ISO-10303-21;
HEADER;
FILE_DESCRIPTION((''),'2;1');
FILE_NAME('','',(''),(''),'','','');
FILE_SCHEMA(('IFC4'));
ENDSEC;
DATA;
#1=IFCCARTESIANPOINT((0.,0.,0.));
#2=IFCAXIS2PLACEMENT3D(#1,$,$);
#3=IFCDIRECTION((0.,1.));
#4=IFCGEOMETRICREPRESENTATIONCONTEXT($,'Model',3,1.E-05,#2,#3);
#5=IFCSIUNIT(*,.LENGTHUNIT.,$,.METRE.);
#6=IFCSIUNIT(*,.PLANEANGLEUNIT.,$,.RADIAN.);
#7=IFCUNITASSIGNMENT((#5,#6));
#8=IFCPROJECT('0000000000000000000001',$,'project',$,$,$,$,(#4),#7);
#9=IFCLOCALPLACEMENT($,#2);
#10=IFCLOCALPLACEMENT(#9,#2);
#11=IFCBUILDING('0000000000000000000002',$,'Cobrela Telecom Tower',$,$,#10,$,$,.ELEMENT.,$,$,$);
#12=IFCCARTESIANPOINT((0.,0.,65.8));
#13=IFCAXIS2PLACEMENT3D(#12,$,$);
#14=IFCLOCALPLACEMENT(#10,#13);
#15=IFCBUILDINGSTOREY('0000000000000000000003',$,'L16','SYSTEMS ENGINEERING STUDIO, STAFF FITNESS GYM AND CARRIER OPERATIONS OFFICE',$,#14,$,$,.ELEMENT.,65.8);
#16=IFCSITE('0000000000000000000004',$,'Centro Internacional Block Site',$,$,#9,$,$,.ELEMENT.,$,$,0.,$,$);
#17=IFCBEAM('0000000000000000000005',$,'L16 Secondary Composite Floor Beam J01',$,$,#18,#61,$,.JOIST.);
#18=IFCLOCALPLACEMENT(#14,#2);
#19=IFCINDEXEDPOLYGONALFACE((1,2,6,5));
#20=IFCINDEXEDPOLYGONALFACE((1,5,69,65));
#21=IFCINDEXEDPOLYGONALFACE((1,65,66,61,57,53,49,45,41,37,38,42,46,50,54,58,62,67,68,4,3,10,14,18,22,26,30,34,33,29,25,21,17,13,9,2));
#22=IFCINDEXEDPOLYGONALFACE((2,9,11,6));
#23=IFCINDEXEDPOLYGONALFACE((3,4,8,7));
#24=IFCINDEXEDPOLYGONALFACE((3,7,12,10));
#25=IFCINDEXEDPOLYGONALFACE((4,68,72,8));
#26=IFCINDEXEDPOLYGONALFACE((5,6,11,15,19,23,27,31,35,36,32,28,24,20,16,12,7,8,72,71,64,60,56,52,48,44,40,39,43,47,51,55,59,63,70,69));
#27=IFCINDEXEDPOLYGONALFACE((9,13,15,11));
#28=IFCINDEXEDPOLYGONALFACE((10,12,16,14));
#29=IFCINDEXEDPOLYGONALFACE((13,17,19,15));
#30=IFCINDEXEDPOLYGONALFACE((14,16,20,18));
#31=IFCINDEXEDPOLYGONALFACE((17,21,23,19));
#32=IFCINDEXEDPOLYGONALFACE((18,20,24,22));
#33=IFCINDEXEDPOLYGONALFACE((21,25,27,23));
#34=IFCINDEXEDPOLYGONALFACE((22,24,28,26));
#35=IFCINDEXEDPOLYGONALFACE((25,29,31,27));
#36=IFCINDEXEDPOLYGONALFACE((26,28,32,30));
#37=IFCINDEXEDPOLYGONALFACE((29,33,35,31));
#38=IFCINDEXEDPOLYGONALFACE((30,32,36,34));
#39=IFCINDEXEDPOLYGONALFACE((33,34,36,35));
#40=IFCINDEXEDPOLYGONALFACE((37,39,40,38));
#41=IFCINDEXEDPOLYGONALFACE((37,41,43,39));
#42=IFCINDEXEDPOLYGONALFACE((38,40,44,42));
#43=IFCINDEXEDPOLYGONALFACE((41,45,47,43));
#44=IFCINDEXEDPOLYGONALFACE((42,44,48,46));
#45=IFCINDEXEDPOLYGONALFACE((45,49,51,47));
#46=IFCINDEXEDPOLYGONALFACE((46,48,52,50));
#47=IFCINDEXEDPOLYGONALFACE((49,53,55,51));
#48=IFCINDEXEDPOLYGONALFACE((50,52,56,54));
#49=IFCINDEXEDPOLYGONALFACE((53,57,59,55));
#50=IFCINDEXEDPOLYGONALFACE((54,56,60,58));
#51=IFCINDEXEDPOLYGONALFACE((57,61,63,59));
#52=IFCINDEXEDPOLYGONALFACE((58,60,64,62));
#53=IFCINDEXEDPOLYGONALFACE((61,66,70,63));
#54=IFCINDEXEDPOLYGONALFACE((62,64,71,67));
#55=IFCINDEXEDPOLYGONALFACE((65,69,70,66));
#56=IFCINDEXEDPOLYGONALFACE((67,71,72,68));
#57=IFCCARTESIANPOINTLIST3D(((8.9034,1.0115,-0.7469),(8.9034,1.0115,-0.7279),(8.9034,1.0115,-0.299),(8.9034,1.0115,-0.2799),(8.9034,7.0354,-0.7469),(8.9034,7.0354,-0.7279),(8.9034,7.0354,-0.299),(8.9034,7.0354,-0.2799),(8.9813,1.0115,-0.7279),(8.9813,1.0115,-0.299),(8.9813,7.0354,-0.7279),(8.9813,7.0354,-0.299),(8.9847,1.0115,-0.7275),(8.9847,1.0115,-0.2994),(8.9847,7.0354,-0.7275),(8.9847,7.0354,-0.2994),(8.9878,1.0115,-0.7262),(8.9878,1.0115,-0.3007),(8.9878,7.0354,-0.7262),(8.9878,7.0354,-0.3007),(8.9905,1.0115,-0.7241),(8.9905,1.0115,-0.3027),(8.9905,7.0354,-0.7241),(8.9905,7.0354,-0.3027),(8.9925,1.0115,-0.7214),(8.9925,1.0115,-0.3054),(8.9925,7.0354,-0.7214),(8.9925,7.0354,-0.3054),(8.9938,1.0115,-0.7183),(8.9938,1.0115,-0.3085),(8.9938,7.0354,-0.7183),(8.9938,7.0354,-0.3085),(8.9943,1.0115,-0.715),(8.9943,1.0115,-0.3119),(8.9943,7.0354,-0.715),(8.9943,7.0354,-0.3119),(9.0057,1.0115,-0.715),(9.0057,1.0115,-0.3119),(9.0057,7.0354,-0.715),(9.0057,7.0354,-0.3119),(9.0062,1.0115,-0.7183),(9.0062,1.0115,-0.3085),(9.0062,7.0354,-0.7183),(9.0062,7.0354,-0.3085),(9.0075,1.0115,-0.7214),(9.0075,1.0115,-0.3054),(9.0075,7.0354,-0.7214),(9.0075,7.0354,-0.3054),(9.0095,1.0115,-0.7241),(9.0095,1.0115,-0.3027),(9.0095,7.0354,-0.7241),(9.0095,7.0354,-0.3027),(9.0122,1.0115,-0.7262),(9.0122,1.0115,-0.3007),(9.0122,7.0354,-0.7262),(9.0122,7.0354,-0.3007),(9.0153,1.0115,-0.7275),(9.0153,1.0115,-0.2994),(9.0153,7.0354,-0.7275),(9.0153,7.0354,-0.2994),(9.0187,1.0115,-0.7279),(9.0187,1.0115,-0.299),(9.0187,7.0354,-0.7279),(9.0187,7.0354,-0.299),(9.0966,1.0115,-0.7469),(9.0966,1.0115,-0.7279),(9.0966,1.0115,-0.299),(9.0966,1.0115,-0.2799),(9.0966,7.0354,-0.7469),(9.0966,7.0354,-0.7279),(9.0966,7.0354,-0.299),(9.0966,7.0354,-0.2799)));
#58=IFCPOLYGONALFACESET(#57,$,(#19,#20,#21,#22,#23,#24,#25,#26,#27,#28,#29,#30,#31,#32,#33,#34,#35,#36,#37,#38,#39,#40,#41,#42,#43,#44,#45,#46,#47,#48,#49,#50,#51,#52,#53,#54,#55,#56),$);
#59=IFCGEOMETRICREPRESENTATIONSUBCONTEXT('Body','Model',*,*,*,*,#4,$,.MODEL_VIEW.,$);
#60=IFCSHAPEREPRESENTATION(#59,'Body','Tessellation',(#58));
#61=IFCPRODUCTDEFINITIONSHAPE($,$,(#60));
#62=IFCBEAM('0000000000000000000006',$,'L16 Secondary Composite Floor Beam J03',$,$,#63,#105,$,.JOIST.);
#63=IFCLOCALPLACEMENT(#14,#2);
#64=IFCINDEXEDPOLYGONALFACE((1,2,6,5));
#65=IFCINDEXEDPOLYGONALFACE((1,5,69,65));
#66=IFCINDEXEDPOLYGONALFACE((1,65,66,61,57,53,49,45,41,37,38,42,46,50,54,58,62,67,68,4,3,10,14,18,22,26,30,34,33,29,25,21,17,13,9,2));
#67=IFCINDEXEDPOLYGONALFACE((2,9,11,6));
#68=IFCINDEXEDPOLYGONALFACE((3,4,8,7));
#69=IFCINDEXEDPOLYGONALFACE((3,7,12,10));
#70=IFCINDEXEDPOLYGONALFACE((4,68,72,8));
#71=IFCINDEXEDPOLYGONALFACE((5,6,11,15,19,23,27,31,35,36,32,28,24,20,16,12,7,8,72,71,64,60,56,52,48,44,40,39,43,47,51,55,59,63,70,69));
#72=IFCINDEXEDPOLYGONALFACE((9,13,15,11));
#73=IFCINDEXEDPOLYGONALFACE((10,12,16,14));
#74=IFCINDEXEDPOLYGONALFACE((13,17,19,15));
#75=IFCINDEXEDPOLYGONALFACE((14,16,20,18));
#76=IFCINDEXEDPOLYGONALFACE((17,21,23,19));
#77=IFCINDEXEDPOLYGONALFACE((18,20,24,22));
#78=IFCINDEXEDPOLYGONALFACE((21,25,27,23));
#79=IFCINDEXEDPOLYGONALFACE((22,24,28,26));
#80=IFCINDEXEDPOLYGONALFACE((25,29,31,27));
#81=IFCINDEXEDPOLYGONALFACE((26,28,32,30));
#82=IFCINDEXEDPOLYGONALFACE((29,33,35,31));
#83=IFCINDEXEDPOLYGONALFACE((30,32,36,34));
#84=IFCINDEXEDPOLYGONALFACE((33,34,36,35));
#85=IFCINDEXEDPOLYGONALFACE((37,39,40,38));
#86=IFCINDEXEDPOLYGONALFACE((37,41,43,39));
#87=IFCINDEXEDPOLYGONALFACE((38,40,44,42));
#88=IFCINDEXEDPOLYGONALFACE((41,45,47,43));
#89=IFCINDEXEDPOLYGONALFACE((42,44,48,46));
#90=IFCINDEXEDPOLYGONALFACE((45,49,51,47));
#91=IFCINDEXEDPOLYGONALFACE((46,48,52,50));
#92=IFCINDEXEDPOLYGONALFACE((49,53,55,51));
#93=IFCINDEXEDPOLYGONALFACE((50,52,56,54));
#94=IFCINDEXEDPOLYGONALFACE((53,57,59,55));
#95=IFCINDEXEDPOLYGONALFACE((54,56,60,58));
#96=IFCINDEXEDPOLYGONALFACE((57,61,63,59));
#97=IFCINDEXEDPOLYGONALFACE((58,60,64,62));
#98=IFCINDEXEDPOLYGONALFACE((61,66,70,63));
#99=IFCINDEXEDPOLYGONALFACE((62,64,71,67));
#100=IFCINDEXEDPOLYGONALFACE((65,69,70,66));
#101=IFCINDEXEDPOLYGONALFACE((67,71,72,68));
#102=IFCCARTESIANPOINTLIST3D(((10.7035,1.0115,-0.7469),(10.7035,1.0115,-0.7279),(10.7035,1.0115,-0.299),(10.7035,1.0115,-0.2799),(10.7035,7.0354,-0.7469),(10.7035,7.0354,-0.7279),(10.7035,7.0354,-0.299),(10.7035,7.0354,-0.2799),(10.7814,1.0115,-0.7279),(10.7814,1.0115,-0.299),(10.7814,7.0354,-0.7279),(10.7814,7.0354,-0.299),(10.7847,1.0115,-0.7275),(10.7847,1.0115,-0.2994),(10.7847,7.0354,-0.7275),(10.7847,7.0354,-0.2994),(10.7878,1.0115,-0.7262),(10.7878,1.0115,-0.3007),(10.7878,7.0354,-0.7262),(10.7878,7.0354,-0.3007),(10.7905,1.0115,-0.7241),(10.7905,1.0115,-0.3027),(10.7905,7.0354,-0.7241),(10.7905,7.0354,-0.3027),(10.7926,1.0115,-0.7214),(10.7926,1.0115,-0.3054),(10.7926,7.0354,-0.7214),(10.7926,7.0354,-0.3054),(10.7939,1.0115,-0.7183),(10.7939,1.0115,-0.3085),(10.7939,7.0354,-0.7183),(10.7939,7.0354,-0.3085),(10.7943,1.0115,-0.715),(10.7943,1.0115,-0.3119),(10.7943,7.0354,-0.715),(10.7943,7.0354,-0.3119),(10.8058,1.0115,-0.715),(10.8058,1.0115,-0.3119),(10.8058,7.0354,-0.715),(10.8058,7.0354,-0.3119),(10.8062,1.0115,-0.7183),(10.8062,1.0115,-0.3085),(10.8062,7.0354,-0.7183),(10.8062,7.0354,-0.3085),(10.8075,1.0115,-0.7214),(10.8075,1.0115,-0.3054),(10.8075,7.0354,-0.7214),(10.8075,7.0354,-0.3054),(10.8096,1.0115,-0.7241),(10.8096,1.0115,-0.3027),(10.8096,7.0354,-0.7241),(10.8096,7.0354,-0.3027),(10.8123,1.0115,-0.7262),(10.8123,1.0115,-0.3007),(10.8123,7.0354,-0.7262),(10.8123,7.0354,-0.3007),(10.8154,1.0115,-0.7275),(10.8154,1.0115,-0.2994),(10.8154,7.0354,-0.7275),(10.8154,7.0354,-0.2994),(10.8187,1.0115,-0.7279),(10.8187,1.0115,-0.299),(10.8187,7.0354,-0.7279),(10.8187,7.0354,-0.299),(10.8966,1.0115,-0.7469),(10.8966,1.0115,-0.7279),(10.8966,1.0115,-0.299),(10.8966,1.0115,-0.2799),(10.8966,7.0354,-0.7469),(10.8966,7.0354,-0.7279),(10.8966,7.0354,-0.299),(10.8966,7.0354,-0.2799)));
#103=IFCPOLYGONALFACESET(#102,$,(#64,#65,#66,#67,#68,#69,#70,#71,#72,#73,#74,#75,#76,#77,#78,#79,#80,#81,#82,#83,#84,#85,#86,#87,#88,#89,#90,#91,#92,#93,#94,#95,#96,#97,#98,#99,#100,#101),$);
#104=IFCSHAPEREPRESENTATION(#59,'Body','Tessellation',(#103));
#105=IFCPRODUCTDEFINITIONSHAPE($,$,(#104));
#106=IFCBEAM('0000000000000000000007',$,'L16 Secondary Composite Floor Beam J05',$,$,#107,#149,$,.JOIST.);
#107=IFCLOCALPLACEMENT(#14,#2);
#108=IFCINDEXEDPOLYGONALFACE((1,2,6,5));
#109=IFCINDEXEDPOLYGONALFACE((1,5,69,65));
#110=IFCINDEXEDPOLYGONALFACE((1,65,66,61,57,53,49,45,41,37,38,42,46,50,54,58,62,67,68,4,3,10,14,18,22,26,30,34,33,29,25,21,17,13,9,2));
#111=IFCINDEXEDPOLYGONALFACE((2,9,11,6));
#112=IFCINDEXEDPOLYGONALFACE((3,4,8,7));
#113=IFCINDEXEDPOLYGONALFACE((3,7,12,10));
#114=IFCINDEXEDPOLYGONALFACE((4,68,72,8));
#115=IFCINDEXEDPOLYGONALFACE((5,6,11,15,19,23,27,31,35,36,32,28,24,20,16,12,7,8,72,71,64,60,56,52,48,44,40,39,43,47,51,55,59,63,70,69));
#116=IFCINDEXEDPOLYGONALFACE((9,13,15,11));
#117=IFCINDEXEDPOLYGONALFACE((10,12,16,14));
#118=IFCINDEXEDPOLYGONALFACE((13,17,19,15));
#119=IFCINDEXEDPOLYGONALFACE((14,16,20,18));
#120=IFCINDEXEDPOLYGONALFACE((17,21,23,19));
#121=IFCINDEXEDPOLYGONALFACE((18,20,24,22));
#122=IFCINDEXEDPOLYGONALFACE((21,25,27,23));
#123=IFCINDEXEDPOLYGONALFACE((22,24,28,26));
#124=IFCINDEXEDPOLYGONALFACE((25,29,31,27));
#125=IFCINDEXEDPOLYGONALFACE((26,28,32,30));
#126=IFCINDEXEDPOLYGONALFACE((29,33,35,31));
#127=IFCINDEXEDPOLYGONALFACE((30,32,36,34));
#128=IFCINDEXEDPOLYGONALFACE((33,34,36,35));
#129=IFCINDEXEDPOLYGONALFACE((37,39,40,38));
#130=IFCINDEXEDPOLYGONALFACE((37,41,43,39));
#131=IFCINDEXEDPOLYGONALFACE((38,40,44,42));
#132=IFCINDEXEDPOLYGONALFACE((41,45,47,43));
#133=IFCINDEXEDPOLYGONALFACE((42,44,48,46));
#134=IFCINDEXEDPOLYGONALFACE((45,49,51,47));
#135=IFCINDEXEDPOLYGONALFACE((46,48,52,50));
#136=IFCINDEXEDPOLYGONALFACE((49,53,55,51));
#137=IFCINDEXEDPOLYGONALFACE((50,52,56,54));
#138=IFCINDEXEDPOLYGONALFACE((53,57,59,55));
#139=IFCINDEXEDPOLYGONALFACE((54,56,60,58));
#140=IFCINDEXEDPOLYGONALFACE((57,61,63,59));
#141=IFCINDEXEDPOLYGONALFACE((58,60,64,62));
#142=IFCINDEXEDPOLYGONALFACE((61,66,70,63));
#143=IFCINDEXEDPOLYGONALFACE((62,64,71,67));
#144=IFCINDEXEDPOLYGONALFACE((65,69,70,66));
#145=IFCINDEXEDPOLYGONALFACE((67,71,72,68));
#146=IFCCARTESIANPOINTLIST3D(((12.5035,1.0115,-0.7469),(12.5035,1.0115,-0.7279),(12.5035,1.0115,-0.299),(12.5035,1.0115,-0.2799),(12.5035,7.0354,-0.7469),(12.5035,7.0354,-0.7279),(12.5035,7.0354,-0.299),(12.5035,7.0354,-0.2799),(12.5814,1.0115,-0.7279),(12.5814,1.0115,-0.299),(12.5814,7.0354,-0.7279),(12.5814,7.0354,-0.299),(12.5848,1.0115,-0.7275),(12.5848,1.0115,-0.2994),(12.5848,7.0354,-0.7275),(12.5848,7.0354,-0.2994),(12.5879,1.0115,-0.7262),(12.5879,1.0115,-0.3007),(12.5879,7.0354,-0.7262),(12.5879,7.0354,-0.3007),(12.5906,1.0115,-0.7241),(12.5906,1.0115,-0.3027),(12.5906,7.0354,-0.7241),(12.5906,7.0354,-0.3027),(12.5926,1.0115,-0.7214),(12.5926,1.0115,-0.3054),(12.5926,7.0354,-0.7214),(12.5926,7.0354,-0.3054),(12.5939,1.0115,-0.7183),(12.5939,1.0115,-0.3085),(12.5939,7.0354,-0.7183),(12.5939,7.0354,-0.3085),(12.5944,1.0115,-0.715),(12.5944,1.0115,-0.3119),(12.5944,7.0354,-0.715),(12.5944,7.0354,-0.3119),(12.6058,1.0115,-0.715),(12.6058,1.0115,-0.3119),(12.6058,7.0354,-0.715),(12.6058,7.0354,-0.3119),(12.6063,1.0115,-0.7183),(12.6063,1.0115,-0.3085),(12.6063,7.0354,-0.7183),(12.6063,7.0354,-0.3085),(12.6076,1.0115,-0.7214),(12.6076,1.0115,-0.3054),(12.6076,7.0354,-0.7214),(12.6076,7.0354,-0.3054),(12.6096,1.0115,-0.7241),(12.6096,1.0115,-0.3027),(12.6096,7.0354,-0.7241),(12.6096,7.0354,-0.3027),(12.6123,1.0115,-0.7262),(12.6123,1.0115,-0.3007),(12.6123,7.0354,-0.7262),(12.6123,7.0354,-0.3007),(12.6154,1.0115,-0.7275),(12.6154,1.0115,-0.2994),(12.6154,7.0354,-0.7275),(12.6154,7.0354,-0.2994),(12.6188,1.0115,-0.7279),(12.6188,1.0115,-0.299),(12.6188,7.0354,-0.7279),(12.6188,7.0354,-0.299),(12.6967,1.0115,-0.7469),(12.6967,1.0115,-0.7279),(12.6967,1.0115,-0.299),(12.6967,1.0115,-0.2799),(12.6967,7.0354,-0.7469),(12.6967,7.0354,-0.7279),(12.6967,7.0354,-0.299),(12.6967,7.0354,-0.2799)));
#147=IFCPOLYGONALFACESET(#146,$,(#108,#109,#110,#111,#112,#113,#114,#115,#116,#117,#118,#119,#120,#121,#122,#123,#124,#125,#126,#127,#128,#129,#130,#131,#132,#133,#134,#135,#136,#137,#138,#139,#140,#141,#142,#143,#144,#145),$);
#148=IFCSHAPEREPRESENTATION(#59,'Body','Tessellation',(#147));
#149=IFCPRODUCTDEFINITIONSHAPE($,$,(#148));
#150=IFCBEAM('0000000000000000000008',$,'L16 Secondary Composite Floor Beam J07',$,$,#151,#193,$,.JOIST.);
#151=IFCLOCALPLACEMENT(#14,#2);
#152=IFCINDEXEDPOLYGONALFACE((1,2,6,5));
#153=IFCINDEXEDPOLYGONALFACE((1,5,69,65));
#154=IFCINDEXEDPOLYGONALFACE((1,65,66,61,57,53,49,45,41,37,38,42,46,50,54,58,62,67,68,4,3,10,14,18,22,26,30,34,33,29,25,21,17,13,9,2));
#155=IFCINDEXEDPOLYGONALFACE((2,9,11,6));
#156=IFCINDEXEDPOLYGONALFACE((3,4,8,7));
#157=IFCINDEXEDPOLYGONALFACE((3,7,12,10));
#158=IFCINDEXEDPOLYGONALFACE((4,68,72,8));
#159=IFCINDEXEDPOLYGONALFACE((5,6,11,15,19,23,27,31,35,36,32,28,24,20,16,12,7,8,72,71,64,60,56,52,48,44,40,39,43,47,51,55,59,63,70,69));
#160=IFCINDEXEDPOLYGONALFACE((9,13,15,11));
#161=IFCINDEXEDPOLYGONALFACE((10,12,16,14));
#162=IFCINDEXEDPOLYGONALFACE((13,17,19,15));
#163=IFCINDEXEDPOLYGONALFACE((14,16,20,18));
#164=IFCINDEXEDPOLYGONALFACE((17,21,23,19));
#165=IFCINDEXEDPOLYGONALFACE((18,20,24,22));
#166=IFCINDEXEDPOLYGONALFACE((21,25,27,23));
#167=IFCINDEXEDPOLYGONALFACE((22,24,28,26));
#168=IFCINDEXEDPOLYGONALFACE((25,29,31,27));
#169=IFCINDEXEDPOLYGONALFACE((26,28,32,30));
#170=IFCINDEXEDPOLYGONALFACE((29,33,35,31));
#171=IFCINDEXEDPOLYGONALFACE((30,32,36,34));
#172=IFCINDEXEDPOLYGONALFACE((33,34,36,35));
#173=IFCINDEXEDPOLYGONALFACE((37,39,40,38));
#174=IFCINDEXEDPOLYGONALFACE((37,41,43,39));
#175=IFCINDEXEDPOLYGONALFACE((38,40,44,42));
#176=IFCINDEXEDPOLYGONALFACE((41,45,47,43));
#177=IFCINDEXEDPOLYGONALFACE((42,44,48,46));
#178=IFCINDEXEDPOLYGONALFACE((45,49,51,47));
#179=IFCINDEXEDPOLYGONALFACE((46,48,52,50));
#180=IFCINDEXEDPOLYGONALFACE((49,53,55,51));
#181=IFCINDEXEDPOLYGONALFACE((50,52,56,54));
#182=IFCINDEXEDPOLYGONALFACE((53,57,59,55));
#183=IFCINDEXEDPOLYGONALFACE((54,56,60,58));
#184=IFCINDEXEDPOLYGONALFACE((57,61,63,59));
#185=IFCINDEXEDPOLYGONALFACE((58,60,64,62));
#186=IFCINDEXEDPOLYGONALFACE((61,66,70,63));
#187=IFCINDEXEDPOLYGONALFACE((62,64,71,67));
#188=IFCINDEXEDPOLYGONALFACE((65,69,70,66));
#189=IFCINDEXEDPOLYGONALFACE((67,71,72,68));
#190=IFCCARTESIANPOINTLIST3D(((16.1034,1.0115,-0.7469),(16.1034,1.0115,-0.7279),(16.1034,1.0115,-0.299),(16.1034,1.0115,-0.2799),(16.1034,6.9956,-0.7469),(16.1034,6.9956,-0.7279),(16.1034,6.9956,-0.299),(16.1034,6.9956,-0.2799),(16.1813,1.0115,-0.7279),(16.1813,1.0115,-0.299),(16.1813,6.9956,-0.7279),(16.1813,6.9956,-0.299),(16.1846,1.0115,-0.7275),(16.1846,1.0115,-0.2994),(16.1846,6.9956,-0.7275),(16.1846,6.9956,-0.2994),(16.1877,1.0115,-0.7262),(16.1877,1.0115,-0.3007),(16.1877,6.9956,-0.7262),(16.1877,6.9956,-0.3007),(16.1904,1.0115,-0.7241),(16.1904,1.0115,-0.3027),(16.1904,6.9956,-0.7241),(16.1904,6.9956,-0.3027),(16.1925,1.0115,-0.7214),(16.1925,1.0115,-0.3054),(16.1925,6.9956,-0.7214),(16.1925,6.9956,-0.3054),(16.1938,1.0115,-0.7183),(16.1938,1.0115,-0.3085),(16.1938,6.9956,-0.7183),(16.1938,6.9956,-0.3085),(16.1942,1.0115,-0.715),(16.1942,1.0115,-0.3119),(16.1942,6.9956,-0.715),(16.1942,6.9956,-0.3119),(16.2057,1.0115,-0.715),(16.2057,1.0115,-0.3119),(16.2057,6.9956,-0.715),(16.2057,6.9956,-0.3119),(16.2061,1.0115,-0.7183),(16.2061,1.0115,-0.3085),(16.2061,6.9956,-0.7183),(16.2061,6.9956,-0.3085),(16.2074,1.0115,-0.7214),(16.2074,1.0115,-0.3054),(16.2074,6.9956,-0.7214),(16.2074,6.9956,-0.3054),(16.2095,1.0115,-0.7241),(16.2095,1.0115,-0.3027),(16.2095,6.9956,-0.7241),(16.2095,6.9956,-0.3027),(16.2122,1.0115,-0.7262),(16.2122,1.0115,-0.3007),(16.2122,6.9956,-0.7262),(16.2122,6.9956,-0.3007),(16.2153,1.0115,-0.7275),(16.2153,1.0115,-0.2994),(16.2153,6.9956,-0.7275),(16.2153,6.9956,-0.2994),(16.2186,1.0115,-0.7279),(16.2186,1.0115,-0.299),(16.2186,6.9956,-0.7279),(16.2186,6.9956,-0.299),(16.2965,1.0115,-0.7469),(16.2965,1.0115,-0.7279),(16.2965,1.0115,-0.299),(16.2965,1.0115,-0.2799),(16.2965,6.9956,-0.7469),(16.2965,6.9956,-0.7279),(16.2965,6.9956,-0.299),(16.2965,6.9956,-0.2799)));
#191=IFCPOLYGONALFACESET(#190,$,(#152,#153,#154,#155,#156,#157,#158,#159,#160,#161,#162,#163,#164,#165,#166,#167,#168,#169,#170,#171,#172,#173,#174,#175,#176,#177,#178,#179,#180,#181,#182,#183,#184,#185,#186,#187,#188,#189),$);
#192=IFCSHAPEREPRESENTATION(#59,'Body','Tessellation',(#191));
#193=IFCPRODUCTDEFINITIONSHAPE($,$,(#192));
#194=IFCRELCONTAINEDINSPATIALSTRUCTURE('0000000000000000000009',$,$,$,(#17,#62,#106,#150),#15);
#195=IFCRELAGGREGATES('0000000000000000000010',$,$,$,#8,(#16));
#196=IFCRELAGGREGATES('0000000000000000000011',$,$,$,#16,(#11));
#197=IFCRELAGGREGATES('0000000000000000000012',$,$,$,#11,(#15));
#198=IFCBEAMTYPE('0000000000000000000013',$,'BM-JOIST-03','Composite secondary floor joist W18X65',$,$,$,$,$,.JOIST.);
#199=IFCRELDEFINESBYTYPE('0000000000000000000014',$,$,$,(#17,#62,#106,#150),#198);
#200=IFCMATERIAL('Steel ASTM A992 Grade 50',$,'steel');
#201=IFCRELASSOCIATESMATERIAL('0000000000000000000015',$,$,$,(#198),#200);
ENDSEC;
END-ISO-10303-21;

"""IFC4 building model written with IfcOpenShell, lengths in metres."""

from ifc_helpers import new_model, si_unit, direction, frame, origin, origin_2d, place, context, subcontext, project, spatial, i_section, extrude, material, material_profile, profile_set, type_object, element, save


model = new_model("IFC4")

# Units and contexts
model_context = context("Model", 3, precision=1e-05, world=origin(), true_north=direction((0.0, 1.0)))
body_context = subcontext(model_context, "Body", "Model", "MODEL_VIEW")
ifc_project = project(units=[si_unit("LENGTHUNIT", "METRE"), si_unit("PLANEANGLEUNIT", "RADIAN")], contexts=[model_context])

# Site, building, storey
site_placement = place(None, origin())
site = spatial("IfcSite", under=ifc_project, at=site_placement, Name="Centro Internacional Block Site", CompositionType="ELEMENT", RefElevation=0.0)
building_placement = place(site_placement, origin())
building = spatial("IfcBuilding", under=site, at=building_placement, Name="Cobrela Telecom Tower", CompositionType="ELEMENT")
storey_placement = place(building_placement, frame((0.0, 0.0, 65.8)))
storey = spatial("IfcBuildingStorey", under=building, at=storey_placement, Name="L16", Description="SYSTEMS ENGINEERING STUDIO, STAFF FITNESS GYM AND CARRIER OPERATIONS OFFICE", CompositionType="ELEMENT", Elevation=65.8)

# Beams
ifc_material_1 = material(Name="Steel ASTM A992 Grade 50", Category="steel")
ifc_material_profile_1 = material_profile(ifc_material_1, i_section(OverallWidth=0.1931, OverallDepth=0.467, WebThickness=0.0115, FlangeThickness=0.019, FilletRadius=0.0129, at=origin_2d()), Name="W18X65")
ifc_profile_set_1 = profile_set([ifc_material_profile_1], Name="Steel ASTM A992 Grade 50")
beam_type_1 = type_object("IfcBeamType", Name="BM-JOIST-03", Description="Composite secondary floor joist W18X65", PredefinedType="JOIST", material=ifc_profile_set_1)
for number, where, z_axis, x_axis, name in (
    (1, (9.0, 1.0115, -0.5134), (0.0, 1.0, 0.0), (-1.0, 0.0, 0.0), "L16 Secondary Composite Floor Beam J01"),
    (2, (10.8, 1.0115, -0.5134), (0.0, 1.0, 0.0), (-1.0, 0.0, 0.0), "L16 Secondary Composite Floor Beam J03"),
    (3, (12.6001, 1.0115, -0.5134), (0.0, 1.0, 0.0), (-1.0, 0.0, 0.0), "L16 Secondary Composite Floor Beam J05"),
):
    element("IfcBeam", number, at=place(storey_placement, frame(where, z_axis=z_axis, x_axis=x_axis)), inside=storey, type_object=beam_type_1, Name=name, PredefinedType="JOIST", context=body_context, shape_type="SweptSolid", body=[
        extrude(i_section(OverallWidth=0.1931, OverallDepth=0.467, WebThickness=0.0115, FlangeThickness=0.019, FilletRadius=0.0129, at=origin_2d()), origin(), (0.0, 0.0, 1.0), 6.0239),
    ])
beam_1_placement = place(storey_placement, frame((16.2, 1.0115, -0.5134), z_axis=(0.0, 1.0, 0.0), x_axis=(-1.0, 0.0, 0.0)))
element("IfcBeam", 4, at=beam_1_placement, inside=storey, type_object=beam_type_1, Name="L16 Secondary Composite Floor Beam J07", PredefinedType="JOIST", context=body_context, shape_type="SweptSolid", body=[
    extrude(i_section(OverallWidth=0.1931, OverallDepth=0.467, WebThickness=0.0115, FlangeThickness=0.019, FilletRadius=0.0129, at=origin_2d()), origin(), (0.0, 0.0, 1.0), 5.9841),
])

save(model, "model.ifc")
